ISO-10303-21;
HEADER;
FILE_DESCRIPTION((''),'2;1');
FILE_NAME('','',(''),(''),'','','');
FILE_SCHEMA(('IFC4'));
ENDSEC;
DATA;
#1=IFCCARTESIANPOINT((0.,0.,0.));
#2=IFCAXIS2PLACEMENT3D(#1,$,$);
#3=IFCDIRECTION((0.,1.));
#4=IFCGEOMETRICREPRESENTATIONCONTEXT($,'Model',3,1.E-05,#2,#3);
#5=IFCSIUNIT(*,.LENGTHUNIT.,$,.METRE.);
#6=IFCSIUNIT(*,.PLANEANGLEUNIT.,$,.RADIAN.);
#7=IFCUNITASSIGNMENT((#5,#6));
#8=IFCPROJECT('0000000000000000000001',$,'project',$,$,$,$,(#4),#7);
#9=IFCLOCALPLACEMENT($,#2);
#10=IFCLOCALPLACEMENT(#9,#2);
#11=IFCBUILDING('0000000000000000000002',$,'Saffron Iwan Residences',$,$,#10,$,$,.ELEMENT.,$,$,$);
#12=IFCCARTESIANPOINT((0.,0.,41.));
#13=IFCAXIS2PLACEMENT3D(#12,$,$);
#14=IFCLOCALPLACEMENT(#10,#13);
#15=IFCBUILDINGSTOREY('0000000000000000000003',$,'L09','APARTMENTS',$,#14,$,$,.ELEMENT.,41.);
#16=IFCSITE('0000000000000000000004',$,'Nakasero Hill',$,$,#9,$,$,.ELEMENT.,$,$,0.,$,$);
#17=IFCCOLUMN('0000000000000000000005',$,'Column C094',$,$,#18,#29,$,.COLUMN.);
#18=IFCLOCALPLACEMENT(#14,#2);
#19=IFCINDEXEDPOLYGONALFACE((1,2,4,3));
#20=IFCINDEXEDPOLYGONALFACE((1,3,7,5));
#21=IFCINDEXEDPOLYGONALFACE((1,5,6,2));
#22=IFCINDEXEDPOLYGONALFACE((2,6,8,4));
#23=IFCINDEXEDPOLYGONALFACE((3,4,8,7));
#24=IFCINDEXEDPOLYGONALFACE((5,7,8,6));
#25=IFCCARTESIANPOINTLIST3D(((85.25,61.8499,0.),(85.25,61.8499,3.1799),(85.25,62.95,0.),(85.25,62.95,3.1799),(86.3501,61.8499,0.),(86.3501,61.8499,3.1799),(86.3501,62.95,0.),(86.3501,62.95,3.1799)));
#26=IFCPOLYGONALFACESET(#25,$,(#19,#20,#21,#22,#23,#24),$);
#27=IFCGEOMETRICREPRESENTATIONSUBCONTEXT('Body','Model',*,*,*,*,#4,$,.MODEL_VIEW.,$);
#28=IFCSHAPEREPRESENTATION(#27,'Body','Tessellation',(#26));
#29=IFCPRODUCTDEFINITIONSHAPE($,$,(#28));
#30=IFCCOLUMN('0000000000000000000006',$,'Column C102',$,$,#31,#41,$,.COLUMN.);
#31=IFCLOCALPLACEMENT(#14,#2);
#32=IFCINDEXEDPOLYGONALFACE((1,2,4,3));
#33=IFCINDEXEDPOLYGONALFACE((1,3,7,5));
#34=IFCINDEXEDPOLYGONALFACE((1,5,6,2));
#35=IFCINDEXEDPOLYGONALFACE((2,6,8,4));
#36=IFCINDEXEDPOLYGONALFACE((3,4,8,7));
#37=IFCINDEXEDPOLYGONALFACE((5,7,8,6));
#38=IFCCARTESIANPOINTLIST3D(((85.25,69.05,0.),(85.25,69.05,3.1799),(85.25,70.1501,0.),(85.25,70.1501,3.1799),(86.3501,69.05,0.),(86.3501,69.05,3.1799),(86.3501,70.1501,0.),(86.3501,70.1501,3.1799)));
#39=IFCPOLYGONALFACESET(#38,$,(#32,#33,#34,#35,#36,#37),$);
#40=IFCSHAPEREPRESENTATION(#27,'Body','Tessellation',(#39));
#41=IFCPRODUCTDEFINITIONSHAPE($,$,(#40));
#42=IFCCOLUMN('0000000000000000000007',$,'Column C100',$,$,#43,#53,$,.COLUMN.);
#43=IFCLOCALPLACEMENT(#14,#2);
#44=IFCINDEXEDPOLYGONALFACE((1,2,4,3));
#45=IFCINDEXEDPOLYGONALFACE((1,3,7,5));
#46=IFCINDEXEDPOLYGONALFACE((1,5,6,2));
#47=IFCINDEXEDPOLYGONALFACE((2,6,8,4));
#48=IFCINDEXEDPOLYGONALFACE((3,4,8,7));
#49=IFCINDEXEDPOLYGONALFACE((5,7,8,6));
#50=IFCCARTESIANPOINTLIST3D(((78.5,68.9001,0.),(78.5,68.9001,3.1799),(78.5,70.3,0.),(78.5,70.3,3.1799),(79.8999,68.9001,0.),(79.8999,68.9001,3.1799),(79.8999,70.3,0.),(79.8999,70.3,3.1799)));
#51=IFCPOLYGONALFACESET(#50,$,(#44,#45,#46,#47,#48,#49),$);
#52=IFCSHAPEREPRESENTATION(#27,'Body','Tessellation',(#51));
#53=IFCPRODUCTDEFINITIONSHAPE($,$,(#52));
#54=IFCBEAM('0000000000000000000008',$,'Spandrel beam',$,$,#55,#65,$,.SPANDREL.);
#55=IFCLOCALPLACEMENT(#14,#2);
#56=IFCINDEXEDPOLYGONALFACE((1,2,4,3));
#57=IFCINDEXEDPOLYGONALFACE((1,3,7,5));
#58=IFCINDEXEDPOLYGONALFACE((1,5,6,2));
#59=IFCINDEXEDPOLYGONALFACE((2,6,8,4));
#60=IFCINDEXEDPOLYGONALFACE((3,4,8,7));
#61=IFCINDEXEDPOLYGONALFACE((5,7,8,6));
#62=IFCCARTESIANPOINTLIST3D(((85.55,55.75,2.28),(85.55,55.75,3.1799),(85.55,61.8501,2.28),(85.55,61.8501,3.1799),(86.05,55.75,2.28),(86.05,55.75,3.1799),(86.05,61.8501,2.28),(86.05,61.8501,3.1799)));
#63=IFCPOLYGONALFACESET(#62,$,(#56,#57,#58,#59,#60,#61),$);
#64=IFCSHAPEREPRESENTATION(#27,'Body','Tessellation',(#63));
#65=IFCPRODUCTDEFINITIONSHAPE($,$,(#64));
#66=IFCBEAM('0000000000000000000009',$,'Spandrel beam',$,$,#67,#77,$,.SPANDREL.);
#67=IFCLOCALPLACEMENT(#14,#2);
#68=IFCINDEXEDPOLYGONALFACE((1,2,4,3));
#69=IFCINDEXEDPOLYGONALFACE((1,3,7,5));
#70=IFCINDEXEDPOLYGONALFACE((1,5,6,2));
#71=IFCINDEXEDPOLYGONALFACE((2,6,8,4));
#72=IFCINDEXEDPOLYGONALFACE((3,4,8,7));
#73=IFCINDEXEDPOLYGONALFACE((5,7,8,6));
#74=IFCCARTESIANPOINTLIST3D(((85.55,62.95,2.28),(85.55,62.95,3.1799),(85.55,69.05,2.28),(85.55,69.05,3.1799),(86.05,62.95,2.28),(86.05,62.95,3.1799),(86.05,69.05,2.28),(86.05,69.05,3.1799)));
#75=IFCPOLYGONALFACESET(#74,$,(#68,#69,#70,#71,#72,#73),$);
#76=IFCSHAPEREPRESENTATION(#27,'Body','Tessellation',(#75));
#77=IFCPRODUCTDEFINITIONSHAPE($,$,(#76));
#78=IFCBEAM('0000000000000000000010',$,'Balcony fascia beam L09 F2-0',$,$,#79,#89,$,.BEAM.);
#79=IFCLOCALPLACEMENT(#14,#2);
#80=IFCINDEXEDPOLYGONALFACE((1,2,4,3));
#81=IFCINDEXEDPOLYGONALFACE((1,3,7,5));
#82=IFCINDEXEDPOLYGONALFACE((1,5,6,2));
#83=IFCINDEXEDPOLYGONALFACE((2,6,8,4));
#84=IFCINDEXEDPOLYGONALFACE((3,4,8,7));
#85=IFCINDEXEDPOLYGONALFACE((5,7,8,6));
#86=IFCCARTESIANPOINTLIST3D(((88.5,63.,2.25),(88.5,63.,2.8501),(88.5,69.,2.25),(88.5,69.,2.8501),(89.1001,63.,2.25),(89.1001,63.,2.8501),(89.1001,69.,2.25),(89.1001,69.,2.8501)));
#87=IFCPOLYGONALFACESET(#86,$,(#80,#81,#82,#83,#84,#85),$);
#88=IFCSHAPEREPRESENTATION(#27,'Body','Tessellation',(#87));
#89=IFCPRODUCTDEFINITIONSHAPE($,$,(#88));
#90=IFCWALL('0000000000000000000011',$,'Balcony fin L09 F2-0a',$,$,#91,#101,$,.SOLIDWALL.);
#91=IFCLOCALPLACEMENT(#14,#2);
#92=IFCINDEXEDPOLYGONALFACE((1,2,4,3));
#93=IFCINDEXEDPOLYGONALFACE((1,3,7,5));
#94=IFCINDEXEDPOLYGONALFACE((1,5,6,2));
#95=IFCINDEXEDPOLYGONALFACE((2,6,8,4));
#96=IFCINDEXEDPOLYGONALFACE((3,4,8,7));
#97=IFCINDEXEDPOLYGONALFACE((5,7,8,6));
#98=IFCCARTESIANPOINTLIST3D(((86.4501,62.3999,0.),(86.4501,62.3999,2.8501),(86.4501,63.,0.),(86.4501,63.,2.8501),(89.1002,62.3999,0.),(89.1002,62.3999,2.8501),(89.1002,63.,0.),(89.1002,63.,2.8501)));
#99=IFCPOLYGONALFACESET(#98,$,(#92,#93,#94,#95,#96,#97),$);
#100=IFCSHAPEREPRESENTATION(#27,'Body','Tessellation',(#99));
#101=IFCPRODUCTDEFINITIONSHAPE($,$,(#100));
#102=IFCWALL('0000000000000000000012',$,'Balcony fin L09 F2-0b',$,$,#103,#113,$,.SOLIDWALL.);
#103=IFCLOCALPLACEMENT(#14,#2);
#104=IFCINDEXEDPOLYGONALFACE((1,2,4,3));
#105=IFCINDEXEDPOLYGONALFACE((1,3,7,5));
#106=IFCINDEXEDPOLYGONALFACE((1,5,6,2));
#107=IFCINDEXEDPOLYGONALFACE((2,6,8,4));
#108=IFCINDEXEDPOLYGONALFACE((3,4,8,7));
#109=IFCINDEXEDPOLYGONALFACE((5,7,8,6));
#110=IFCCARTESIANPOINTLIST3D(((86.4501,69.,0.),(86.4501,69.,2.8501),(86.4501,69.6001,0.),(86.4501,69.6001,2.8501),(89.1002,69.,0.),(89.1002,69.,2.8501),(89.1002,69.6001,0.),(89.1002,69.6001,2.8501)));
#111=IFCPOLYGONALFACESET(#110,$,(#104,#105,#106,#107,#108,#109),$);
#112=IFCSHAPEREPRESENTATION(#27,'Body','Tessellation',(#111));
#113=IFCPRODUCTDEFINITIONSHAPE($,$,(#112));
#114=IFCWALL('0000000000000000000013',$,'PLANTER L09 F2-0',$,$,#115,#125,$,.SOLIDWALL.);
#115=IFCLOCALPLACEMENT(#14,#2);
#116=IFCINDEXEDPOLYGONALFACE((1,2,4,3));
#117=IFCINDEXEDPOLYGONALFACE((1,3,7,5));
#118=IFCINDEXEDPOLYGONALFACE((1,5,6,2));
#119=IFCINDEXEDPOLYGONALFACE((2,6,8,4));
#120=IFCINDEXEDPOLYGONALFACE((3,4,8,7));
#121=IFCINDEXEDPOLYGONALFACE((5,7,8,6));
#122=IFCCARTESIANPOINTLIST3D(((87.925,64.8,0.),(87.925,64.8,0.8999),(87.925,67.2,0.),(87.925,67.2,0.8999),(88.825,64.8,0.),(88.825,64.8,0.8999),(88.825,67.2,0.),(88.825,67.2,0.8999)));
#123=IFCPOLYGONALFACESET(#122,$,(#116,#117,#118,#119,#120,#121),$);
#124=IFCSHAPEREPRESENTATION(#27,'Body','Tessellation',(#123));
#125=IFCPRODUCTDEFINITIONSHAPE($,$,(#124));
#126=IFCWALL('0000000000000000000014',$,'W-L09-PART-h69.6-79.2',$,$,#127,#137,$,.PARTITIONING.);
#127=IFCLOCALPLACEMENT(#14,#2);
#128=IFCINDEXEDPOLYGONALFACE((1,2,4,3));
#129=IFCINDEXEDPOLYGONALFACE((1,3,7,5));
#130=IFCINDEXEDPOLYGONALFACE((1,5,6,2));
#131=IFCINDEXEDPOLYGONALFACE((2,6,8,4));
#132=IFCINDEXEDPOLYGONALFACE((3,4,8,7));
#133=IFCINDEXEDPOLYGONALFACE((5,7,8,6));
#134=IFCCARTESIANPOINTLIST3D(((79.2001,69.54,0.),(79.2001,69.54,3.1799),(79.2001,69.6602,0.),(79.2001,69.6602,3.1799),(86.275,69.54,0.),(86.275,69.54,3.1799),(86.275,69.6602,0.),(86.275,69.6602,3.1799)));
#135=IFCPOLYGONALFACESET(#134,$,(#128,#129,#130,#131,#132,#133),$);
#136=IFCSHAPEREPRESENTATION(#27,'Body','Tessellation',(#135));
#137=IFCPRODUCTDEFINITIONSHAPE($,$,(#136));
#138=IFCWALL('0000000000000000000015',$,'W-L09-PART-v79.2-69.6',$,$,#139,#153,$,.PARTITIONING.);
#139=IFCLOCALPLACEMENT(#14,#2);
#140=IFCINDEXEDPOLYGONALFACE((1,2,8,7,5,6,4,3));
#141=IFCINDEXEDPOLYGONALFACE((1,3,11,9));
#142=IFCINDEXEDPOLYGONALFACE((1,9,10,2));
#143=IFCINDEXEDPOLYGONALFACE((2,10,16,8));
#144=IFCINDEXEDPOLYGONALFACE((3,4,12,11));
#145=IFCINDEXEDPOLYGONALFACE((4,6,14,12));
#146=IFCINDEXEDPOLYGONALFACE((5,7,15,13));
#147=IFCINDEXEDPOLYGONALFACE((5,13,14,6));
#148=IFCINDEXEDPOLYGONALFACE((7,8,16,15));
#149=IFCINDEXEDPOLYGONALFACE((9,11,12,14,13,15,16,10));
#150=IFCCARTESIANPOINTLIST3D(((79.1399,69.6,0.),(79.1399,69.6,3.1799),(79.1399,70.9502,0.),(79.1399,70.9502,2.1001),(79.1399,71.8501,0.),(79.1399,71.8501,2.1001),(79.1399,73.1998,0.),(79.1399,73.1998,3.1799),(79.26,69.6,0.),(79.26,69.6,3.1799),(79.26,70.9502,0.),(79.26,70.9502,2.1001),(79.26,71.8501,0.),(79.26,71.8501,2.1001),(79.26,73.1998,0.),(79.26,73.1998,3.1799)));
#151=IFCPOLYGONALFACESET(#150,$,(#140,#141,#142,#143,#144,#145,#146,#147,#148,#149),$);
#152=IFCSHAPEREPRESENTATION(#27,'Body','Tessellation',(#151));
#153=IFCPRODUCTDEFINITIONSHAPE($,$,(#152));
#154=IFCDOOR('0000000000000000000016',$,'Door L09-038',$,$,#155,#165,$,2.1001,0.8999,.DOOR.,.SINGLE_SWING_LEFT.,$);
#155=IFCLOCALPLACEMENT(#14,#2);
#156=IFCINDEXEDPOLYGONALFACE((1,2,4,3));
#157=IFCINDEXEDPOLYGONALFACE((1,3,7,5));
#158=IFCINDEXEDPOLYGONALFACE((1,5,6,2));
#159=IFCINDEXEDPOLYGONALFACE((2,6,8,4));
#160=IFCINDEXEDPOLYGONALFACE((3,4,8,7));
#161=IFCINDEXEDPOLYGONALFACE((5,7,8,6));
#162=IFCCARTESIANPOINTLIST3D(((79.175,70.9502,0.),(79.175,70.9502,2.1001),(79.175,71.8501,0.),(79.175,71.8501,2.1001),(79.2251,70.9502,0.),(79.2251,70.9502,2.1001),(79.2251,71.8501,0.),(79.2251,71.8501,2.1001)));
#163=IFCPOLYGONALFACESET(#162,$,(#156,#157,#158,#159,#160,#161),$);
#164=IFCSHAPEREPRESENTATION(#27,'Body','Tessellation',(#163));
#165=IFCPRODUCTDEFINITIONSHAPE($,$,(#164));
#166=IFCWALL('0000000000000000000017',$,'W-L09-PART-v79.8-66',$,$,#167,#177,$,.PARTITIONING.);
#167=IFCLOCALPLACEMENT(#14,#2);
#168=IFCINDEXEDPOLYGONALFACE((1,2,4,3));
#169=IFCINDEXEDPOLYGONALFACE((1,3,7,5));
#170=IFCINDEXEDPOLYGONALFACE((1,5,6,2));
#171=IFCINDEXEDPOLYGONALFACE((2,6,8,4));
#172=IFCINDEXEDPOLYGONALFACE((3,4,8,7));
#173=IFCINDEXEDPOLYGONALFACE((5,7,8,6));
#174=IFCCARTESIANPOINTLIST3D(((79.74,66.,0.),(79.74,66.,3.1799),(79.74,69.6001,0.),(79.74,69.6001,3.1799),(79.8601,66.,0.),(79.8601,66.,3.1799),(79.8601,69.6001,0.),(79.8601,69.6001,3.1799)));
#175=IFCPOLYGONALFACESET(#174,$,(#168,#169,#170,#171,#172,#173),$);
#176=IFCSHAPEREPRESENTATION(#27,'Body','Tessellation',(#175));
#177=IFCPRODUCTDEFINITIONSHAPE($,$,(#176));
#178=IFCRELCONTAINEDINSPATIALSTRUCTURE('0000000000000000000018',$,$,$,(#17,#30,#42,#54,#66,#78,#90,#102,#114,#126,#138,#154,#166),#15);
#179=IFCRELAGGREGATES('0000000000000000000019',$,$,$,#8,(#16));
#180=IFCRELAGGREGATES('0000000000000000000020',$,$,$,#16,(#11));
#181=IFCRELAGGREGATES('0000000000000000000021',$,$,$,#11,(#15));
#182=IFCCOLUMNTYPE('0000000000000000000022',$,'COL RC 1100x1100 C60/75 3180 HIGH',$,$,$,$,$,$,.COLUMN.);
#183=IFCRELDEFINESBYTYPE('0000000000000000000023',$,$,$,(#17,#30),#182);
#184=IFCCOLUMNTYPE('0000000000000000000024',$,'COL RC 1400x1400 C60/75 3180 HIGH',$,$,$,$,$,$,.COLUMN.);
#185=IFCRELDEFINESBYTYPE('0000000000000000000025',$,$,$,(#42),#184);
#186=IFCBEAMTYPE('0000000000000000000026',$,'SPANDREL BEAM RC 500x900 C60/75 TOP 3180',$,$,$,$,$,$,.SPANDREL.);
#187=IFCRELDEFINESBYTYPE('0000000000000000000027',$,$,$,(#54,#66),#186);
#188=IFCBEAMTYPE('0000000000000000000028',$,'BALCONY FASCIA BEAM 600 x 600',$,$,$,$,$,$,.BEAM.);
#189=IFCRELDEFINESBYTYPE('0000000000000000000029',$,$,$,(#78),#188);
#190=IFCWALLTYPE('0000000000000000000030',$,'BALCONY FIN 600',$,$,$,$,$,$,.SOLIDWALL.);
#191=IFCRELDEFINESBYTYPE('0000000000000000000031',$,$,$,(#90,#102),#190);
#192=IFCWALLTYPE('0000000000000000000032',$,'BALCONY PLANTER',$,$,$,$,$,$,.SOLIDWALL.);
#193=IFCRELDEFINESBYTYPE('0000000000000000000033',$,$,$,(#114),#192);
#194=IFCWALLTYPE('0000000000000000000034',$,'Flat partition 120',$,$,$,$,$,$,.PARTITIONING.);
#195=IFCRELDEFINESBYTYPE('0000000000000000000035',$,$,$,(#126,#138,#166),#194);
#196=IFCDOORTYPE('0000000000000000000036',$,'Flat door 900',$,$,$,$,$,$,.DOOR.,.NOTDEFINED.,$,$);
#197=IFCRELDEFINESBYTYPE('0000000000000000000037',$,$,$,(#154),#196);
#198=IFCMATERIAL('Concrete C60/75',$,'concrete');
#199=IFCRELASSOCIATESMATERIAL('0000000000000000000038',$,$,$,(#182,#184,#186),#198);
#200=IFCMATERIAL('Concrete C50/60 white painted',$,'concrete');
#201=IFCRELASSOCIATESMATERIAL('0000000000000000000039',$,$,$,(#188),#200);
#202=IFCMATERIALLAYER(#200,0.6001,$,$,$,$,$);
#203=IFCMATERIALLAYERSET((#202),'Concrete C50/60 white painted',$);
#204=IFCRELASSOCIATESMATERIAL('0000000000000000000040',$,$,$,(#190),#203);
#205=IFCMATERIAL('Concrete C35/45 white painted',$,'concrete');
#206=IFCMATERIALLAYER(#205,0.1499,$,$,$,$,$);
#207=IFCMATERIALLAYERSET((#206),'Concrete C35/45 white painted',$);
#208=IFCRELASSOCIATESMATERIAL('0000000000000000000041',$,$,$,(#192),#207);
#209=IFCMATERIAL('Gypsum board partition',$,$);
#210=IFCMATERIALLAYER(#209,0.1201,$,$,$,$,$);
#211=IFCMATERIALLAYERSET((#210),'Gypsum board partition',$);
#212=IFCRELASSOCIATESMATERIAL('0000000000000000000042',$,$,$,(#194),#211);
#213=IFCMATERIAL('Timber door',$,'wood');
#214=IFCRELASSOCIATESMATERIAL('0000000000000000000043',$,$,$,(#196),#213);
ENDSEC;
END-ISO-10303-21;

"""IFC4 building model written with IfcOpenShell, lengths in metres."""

from ifc_helpers import new_model, si_unit, direction, frame, frame_2d, origin, origin_2d, place, context, subcontext, project, spatial, rectangle, extrude, source, transform, mapped, material, layer, layer_set, material_profile, profile_set, type_object, element, fill, save


model = new_model("IFC4")

# Units and contexts
model_context = context("Model", 3, precision=1e-05, world=origin(), true_north=direction((0.0, 1.0)))
body_context = subcontext(model_context, "Body", "Model", "MODEL_VIEW")
ifc_project = project(units=[si_unit("LENGTHUNIT", "METRE"), si_unit("PLANEANGLEUNIT", "RADIAN")], contexts=[model_context])

# Site, building, storey
site_placement = place(None, origin())
site = spatial("IfcSite", under=ifc_project, at=site_placement, Name="Nakasero Hill", CompositionType="ELEMENT", RefElevation=0.0)
building_placement = place(site_placement, origin())
building = spatial("IfcBuilding", under=site, at=building_placement, Name="Saffron Iwan Residences", CompositionType="ELEMENT")
storey_placement = place(building_placement, frame((0.0, 0.0, 41.0)))
storey = spatial("IfcBuildingStorey", under=building, at=storey_placement, Name="L09", Description="APARTMENTS", CompositionType="ELEMENT", Elevation=41.0)

# Columns
ifc_material_1 = material(Name="Concrete C60/75", Category="concrete")
ifc_material_profile_1 = material_profile(ifc_material_1, rectangle(XDim=1.1001, YDim=1.1001, at=origin_2d()), Name="RC 1100x1100")
ifc_profile_set_1 = profile_set([ifc_material_profile_1], Name="Concrete C60/75")
column_type_1 = type_object("IfcColumnType", Name="COL RC 1100x1100 C60/75 3180 HIGH", PredefinedType="COLUMN", material=ifc_profile_set_1)
shared_shape_1 = source(origin(), body_context, "Body", "SweptSolid", [
    extrude(rectangle(XDim=1.1001, YDim=1.1001, at=origin_2d()), origin(), (0.0, 0.0, 1.0), 3.1799),
])
for number, where, z_axis, x_axis, name in (
    (1, (85.8, 62.3999, 0.0), (0.0, 0.0, 1.0), (1.0, 0.0, 0.0), "Column C094"),
    (2, (85.8, 69.6001, 0.0), (0.0, 0.0, 1.0), (1.0, 0.0, 0.0), "Column C102"),
):
    element("IfcColumn", number, at=place(storey_placement, frame(where, z_axis=z_axis, x_axis=x_axis)), inside=storey, type_object=column_type_1, Name=name, PredefinedType="COLUMN", context=body_context, shape_type="MappedRepresentation", body=[
        mapped(shared_shape_1, transform((0.0, 0.0, 0.0))),
    ])
ifc_material_profile_2 = material_profile(ifc_material_1, rectangle(XDim=1.3999, YDim=1.3999, at=origin_2d()), Name="RC 1400x1400")
ifc_profile_set_2 = profile_set([ifc_material_profile_2], Name="Concrete C60/75")
column_type_2 = type_object("IfcColumnType", Name="COL RC 1400x1400 C60/75 3180 HIGH", PredefinedType="COLUMN", material=ifc_profile_set_2)
shared_shape_2 = source(origin(), body_context, "Body", "SweptSolid", [
    extrude(rectangle(XDim=1.3999, YDim=1.3999, at=origin_2d()), origin(), (0.0, 0.0, 1.0), 3.1799),
])
column_placement = place(storey_placement, frame((79.2, 69.6001, 0.0), z_axis=(0.0, 0.0, 1.0), x_axis=(1.0, 0.0, 0.0)))
element("IfcColumn", 3, at=column_placement, inside=storey, type_object=column_type_2, Name="Column C100", PredefinedType="COLUMN", context=body_context, shape_type="MappedRepresentation", body=[
    mapped(shared_shape_2, transform((0.0, 0.0, 0.0))),
])

# Beams
ifc_material_profile_3 = material_profile(ifc_material_1, rectangle(XDim=0.5, YDim=0.8999, at=origin_2d()), Name="RC 500x900")
ifc_profile_set_3 = profile_set([ifc_material_profile_3], Name="Concrete C60/75")
beam_type_1 = type_object("IfcBeamType", Name="SPANDREL BEAM RC 500x900 C60/75 TOP 3180", PredefinedType="SPANDREL", material=ifc_profile_set_3)
shared_shape_3 = source(origin(), body_context, "Body", "SweptSolid", [
    extrude(rectangle(XDim=0.5, YDim=0.8999, at=origin_2d()), origin(), (0.0, 0.0, 1.0), 6.1001),
])
for number, where, z_axis, x_axis, name in (
    (4, (85.8, 61.8501, 2.73), (0.0, -1.0, 0.0), (1.0, 0.0, 0.0), "Spandrel beam"),
    (5, (85.8, 69.05, 2.73), (0.0, -1.0, 0.0), (1.0, 0.0, 0.0), "Spandrel beam"),
):
    element("IfcBeam", number, at=place(storey_placement, frame(where, z_axis=z_axis, x_axis=x_axis)), inside=storey, type_object=beam_type_1, Name=name, PredefinedType="SPANDREL", context=body_context, shape_type="MappedRepresentation", body=[
        mapped(shared_shape_3, transform((0.0, 0.0, 0.0))),
    ])
ifc_material_2 = material(Name="Concrete C50/60 white painted", Category="concrete")
ifc_material_profile_4 = material_profile(ifc_material_2, rectangle(XDim=0.6001, YDim=0.6001, at=origin_2d()), Name="BALCONY FASCIA BEAM 600 x 600")
ifc_profile_set_4 = profile_set([ifc_material_profile_4], Name="Concrete C50/60 white painted")
beam_type_2 = type_object("IfcBeamType", Name="BALCONY FASCIA BEAM 600 x 600", PredefinedType="BEAM", material=ifc_profile_set_4)
shared_shape_4 = source(origin(), body_context, "Body", "SweptSolid", [
    extrude(rectangle(XDim=0.6001, YDim=0.6001, at=origin_2d()), origin(), (0.0, 0.0, 1.0), 6.0),
])
beam_placement = place(storey_placement, frame((88.8, 63.0, 2.55), z_axis=(0.0, 1.0, 0.0), x_axis=(-1.0, 0.0, 0.0)))
element("IfcBeam", 6, at=beam_placement, inside=storey, type_object=beam_type_2, Name="Balcony fascia beam L09 F2-0", PredefinedType="BEAM", context=body_context, shape_type="MappedRepresentation", body=[
    mapped(shared_shape_4, transform((0.0, 0.0, 0.0))),
])

# Walls
ifc_layer_1 = layer(ifc_material_2, 0.6001)
ifc_layer_set_1 = layer_set([ifc_layer_1], Name="Concrete C50/60 white painted")
wall_type_1 = type_object("IfcWallType", Name="BALCONY FIN 600", PredefinedType="SOLIDWALL", material=ifc_layer_set_1)
for number, where, z_axis, x_axis, name in (
    (7, (86.45, 62.7, 0.0), (0.0, 0.0, 1.0), (1.0, 0.0, 0.0), "Balcony fin L09 F2-0a"),
    (8, (86.45, 69.3, 0.0), (0.0, 0.0, 1.0), (1.0, 0.0, 0.0), "Balcony fin L09 F2-0b"),
):
    element("IfcWall", number, at=place(storey_placement, frame(where, z_axis=z_axis, x_axis=x_axis)), inside=storey, type_object=wall_type_1, Name=name, PredefinedType="SOLIDWALL", context=body_context, shape_type="SweptSolid", body=[
        extrude(rectangle(XDim=2.6501, YDim=0.6001, at=frame_2d((1.3252, 0.0))), origin(), (0.0, 0.0, 1.0), 2.8501),
    ])
ifc_material_3 = material(Name="Concrete C35/45 white painted", Category="concrete")
ifc_layer_2 = layer(ifc_material_3, 0.1499)
ifc_layer_set_2 = layer_set([ifc_layer_2], Name="Concrete C35/45 white painted")
wall_type_2 = type_object("IfcWallType", Name="BALCONY PLANTER", PredefinedType="SOLIDWALL", material=ifc_layer_set_2)
wall_1_placement = place(storey_placement, frame((88.375, 64.8, 0.0), z_axis=(0.0, 0.0, 1.0), x_axis=(0.0, 1.0, 0.0)))
element("IfcWall", 9, at=wall_1_placement, inside=storey, type_object=wall_type_2, Name="PLANTER L09 F2-0", PredefinedType="SOLIDWALL", context=body_context, shape_type="SweptSolid", body=[
    extrude(rectangle(XDim=2.3999, YDim=0.8999, at=frame_2d((1.2, 0.0))), origin(), (0.0, 0.0, 1.0), 0.8999),
])

# Wall
ifc_material_4 = material(Name="Gypsum board partition")
ifc_layer_3 = layer(ifc_material_4, 0.1201)
ifc_layer_set_3 = layer_set([ifc_layer_3], Name="Gypsum board partition")
wall_type_3 = type_object("IfcWallType", Name="Flat partition 120", PredefinedType="PARTITIONING", material=ifc_layer_set_3)
wall_2_placement = place(storey_placement, frame((79.2, 69.6001, 0.0), z_axis=(0.0, 0.0, 1.0), x_axis=(1.0, 0.0, 0.0)))
element("IfcWall", 10, at=wall_2_placement, inside=storey, type_object=wall_type_3, Name="W-L09-PART-h69.6-79.2", PredefinedType="PARTITIONING", context=body_context, shape_type="SweptSolid", body=[
    extrude(rectangle(XDim=7.075, YDim=0.1201, at=frame_2d((3.5376, 0.0))), origin(), (0.0, 0.0, 1.0), 3.1799),
])

# Wall, opening, door
wall_3_placement = place(storey_placement, frame((79.2, 69.6001, 0.0), z_axis=(0.0, 0.0, 1.0), x_axis=(0.0, 1.0, 0.0)))
wall_3 = element("IfcWall", 11, at=wall_3_placement, inside=storey, type_object=wall_type_3, Name="W-L09-PART-v79.2-69.6", PredefinedType="PARTITIONING", context=body_context, shape_type="SweptSolid", body=[
    extrude(rectangle(XDim=3.5999, YDim=0.1201, at=frame_2d((1.7998, 0.0))), origin(), (0.0, 0.0, 1.0), 3.1799),
])
opening_1_placement = place(wall_3_placement, frame((1.3501, 0.0, 0.0)))
opening_1 = element("IfcOpeningElement", 12, at=opening_1_placement, cuts=wall_3, PredefinedType="OPENING", context=body_context, shape_type="SweptSolid", body=[
    extrude(rectangle(XDim=0.8999, YDim=2.1001, at=frame_2d((0.45, 1.05))), frame((0.0, 0.0701, 0.0), z_axis=(0.0, -1.0, 0.0), x_axis=(1.0, 0.0, 0.0)), (0.0, 0.0, 1.0), 0.1401),
])
ifc_material_5 = material(Name="Timber door", Category="wood")
door_type_1 = type_object("IfcDoorType", Name="Flat door 900", OperationType="NOTDEFINED", PredefinedType="DOOR", material=ifc_material_5)
door_1_placement = place(opening_1_placement, origin())
door_1 = element("IfcDoor", 13, at=door_1_placement, inside=storey, type_object=door_type_1, Name="Door L09-038", OperationType="SINGLE_SWING_LEFT", OverallHeight=2.1001, OverallWidth=0.8999, PredefinedType="DOOR", context=body_context, shape_type="SweptSolid", body=[
    extrude(rectangle(XDim=0.8999, YDim=2.1001, at=frame_2d((0.45, 1.05))), frame((0.0, 0.0249, 0.0), z_axis=(0.0, -1.0, 0.0), x_axis=(1.0, 0.0, 0.0)), (0.0, 0.0, 1.0), 0.05),
])
fill(opening_1, door_1)

# Wall
wall_4_placement = place(storey_placement, frame((79.8, 66.0, 0.0), z_axis=(0.0, 0.0, 1.0), x_axis=(0.0, 1.0, 0.0)))
element("IfcWall", 14, at=wall_4_placement, inside=storey, type_object=wall_type_3, Name="W-L09-PART-v79.8-66", PredefinedType="PARTITIONING", context=body_context, shape_type="SweptSolid", body=[
    extrude(rectangle(XDim=3.6001, YDim=0.1201, at=frame_2d((1.8, 0.0))), origin(), (0.0, 0.0, 1.0), 3.1799),
])

save(model, "model.ifc")
